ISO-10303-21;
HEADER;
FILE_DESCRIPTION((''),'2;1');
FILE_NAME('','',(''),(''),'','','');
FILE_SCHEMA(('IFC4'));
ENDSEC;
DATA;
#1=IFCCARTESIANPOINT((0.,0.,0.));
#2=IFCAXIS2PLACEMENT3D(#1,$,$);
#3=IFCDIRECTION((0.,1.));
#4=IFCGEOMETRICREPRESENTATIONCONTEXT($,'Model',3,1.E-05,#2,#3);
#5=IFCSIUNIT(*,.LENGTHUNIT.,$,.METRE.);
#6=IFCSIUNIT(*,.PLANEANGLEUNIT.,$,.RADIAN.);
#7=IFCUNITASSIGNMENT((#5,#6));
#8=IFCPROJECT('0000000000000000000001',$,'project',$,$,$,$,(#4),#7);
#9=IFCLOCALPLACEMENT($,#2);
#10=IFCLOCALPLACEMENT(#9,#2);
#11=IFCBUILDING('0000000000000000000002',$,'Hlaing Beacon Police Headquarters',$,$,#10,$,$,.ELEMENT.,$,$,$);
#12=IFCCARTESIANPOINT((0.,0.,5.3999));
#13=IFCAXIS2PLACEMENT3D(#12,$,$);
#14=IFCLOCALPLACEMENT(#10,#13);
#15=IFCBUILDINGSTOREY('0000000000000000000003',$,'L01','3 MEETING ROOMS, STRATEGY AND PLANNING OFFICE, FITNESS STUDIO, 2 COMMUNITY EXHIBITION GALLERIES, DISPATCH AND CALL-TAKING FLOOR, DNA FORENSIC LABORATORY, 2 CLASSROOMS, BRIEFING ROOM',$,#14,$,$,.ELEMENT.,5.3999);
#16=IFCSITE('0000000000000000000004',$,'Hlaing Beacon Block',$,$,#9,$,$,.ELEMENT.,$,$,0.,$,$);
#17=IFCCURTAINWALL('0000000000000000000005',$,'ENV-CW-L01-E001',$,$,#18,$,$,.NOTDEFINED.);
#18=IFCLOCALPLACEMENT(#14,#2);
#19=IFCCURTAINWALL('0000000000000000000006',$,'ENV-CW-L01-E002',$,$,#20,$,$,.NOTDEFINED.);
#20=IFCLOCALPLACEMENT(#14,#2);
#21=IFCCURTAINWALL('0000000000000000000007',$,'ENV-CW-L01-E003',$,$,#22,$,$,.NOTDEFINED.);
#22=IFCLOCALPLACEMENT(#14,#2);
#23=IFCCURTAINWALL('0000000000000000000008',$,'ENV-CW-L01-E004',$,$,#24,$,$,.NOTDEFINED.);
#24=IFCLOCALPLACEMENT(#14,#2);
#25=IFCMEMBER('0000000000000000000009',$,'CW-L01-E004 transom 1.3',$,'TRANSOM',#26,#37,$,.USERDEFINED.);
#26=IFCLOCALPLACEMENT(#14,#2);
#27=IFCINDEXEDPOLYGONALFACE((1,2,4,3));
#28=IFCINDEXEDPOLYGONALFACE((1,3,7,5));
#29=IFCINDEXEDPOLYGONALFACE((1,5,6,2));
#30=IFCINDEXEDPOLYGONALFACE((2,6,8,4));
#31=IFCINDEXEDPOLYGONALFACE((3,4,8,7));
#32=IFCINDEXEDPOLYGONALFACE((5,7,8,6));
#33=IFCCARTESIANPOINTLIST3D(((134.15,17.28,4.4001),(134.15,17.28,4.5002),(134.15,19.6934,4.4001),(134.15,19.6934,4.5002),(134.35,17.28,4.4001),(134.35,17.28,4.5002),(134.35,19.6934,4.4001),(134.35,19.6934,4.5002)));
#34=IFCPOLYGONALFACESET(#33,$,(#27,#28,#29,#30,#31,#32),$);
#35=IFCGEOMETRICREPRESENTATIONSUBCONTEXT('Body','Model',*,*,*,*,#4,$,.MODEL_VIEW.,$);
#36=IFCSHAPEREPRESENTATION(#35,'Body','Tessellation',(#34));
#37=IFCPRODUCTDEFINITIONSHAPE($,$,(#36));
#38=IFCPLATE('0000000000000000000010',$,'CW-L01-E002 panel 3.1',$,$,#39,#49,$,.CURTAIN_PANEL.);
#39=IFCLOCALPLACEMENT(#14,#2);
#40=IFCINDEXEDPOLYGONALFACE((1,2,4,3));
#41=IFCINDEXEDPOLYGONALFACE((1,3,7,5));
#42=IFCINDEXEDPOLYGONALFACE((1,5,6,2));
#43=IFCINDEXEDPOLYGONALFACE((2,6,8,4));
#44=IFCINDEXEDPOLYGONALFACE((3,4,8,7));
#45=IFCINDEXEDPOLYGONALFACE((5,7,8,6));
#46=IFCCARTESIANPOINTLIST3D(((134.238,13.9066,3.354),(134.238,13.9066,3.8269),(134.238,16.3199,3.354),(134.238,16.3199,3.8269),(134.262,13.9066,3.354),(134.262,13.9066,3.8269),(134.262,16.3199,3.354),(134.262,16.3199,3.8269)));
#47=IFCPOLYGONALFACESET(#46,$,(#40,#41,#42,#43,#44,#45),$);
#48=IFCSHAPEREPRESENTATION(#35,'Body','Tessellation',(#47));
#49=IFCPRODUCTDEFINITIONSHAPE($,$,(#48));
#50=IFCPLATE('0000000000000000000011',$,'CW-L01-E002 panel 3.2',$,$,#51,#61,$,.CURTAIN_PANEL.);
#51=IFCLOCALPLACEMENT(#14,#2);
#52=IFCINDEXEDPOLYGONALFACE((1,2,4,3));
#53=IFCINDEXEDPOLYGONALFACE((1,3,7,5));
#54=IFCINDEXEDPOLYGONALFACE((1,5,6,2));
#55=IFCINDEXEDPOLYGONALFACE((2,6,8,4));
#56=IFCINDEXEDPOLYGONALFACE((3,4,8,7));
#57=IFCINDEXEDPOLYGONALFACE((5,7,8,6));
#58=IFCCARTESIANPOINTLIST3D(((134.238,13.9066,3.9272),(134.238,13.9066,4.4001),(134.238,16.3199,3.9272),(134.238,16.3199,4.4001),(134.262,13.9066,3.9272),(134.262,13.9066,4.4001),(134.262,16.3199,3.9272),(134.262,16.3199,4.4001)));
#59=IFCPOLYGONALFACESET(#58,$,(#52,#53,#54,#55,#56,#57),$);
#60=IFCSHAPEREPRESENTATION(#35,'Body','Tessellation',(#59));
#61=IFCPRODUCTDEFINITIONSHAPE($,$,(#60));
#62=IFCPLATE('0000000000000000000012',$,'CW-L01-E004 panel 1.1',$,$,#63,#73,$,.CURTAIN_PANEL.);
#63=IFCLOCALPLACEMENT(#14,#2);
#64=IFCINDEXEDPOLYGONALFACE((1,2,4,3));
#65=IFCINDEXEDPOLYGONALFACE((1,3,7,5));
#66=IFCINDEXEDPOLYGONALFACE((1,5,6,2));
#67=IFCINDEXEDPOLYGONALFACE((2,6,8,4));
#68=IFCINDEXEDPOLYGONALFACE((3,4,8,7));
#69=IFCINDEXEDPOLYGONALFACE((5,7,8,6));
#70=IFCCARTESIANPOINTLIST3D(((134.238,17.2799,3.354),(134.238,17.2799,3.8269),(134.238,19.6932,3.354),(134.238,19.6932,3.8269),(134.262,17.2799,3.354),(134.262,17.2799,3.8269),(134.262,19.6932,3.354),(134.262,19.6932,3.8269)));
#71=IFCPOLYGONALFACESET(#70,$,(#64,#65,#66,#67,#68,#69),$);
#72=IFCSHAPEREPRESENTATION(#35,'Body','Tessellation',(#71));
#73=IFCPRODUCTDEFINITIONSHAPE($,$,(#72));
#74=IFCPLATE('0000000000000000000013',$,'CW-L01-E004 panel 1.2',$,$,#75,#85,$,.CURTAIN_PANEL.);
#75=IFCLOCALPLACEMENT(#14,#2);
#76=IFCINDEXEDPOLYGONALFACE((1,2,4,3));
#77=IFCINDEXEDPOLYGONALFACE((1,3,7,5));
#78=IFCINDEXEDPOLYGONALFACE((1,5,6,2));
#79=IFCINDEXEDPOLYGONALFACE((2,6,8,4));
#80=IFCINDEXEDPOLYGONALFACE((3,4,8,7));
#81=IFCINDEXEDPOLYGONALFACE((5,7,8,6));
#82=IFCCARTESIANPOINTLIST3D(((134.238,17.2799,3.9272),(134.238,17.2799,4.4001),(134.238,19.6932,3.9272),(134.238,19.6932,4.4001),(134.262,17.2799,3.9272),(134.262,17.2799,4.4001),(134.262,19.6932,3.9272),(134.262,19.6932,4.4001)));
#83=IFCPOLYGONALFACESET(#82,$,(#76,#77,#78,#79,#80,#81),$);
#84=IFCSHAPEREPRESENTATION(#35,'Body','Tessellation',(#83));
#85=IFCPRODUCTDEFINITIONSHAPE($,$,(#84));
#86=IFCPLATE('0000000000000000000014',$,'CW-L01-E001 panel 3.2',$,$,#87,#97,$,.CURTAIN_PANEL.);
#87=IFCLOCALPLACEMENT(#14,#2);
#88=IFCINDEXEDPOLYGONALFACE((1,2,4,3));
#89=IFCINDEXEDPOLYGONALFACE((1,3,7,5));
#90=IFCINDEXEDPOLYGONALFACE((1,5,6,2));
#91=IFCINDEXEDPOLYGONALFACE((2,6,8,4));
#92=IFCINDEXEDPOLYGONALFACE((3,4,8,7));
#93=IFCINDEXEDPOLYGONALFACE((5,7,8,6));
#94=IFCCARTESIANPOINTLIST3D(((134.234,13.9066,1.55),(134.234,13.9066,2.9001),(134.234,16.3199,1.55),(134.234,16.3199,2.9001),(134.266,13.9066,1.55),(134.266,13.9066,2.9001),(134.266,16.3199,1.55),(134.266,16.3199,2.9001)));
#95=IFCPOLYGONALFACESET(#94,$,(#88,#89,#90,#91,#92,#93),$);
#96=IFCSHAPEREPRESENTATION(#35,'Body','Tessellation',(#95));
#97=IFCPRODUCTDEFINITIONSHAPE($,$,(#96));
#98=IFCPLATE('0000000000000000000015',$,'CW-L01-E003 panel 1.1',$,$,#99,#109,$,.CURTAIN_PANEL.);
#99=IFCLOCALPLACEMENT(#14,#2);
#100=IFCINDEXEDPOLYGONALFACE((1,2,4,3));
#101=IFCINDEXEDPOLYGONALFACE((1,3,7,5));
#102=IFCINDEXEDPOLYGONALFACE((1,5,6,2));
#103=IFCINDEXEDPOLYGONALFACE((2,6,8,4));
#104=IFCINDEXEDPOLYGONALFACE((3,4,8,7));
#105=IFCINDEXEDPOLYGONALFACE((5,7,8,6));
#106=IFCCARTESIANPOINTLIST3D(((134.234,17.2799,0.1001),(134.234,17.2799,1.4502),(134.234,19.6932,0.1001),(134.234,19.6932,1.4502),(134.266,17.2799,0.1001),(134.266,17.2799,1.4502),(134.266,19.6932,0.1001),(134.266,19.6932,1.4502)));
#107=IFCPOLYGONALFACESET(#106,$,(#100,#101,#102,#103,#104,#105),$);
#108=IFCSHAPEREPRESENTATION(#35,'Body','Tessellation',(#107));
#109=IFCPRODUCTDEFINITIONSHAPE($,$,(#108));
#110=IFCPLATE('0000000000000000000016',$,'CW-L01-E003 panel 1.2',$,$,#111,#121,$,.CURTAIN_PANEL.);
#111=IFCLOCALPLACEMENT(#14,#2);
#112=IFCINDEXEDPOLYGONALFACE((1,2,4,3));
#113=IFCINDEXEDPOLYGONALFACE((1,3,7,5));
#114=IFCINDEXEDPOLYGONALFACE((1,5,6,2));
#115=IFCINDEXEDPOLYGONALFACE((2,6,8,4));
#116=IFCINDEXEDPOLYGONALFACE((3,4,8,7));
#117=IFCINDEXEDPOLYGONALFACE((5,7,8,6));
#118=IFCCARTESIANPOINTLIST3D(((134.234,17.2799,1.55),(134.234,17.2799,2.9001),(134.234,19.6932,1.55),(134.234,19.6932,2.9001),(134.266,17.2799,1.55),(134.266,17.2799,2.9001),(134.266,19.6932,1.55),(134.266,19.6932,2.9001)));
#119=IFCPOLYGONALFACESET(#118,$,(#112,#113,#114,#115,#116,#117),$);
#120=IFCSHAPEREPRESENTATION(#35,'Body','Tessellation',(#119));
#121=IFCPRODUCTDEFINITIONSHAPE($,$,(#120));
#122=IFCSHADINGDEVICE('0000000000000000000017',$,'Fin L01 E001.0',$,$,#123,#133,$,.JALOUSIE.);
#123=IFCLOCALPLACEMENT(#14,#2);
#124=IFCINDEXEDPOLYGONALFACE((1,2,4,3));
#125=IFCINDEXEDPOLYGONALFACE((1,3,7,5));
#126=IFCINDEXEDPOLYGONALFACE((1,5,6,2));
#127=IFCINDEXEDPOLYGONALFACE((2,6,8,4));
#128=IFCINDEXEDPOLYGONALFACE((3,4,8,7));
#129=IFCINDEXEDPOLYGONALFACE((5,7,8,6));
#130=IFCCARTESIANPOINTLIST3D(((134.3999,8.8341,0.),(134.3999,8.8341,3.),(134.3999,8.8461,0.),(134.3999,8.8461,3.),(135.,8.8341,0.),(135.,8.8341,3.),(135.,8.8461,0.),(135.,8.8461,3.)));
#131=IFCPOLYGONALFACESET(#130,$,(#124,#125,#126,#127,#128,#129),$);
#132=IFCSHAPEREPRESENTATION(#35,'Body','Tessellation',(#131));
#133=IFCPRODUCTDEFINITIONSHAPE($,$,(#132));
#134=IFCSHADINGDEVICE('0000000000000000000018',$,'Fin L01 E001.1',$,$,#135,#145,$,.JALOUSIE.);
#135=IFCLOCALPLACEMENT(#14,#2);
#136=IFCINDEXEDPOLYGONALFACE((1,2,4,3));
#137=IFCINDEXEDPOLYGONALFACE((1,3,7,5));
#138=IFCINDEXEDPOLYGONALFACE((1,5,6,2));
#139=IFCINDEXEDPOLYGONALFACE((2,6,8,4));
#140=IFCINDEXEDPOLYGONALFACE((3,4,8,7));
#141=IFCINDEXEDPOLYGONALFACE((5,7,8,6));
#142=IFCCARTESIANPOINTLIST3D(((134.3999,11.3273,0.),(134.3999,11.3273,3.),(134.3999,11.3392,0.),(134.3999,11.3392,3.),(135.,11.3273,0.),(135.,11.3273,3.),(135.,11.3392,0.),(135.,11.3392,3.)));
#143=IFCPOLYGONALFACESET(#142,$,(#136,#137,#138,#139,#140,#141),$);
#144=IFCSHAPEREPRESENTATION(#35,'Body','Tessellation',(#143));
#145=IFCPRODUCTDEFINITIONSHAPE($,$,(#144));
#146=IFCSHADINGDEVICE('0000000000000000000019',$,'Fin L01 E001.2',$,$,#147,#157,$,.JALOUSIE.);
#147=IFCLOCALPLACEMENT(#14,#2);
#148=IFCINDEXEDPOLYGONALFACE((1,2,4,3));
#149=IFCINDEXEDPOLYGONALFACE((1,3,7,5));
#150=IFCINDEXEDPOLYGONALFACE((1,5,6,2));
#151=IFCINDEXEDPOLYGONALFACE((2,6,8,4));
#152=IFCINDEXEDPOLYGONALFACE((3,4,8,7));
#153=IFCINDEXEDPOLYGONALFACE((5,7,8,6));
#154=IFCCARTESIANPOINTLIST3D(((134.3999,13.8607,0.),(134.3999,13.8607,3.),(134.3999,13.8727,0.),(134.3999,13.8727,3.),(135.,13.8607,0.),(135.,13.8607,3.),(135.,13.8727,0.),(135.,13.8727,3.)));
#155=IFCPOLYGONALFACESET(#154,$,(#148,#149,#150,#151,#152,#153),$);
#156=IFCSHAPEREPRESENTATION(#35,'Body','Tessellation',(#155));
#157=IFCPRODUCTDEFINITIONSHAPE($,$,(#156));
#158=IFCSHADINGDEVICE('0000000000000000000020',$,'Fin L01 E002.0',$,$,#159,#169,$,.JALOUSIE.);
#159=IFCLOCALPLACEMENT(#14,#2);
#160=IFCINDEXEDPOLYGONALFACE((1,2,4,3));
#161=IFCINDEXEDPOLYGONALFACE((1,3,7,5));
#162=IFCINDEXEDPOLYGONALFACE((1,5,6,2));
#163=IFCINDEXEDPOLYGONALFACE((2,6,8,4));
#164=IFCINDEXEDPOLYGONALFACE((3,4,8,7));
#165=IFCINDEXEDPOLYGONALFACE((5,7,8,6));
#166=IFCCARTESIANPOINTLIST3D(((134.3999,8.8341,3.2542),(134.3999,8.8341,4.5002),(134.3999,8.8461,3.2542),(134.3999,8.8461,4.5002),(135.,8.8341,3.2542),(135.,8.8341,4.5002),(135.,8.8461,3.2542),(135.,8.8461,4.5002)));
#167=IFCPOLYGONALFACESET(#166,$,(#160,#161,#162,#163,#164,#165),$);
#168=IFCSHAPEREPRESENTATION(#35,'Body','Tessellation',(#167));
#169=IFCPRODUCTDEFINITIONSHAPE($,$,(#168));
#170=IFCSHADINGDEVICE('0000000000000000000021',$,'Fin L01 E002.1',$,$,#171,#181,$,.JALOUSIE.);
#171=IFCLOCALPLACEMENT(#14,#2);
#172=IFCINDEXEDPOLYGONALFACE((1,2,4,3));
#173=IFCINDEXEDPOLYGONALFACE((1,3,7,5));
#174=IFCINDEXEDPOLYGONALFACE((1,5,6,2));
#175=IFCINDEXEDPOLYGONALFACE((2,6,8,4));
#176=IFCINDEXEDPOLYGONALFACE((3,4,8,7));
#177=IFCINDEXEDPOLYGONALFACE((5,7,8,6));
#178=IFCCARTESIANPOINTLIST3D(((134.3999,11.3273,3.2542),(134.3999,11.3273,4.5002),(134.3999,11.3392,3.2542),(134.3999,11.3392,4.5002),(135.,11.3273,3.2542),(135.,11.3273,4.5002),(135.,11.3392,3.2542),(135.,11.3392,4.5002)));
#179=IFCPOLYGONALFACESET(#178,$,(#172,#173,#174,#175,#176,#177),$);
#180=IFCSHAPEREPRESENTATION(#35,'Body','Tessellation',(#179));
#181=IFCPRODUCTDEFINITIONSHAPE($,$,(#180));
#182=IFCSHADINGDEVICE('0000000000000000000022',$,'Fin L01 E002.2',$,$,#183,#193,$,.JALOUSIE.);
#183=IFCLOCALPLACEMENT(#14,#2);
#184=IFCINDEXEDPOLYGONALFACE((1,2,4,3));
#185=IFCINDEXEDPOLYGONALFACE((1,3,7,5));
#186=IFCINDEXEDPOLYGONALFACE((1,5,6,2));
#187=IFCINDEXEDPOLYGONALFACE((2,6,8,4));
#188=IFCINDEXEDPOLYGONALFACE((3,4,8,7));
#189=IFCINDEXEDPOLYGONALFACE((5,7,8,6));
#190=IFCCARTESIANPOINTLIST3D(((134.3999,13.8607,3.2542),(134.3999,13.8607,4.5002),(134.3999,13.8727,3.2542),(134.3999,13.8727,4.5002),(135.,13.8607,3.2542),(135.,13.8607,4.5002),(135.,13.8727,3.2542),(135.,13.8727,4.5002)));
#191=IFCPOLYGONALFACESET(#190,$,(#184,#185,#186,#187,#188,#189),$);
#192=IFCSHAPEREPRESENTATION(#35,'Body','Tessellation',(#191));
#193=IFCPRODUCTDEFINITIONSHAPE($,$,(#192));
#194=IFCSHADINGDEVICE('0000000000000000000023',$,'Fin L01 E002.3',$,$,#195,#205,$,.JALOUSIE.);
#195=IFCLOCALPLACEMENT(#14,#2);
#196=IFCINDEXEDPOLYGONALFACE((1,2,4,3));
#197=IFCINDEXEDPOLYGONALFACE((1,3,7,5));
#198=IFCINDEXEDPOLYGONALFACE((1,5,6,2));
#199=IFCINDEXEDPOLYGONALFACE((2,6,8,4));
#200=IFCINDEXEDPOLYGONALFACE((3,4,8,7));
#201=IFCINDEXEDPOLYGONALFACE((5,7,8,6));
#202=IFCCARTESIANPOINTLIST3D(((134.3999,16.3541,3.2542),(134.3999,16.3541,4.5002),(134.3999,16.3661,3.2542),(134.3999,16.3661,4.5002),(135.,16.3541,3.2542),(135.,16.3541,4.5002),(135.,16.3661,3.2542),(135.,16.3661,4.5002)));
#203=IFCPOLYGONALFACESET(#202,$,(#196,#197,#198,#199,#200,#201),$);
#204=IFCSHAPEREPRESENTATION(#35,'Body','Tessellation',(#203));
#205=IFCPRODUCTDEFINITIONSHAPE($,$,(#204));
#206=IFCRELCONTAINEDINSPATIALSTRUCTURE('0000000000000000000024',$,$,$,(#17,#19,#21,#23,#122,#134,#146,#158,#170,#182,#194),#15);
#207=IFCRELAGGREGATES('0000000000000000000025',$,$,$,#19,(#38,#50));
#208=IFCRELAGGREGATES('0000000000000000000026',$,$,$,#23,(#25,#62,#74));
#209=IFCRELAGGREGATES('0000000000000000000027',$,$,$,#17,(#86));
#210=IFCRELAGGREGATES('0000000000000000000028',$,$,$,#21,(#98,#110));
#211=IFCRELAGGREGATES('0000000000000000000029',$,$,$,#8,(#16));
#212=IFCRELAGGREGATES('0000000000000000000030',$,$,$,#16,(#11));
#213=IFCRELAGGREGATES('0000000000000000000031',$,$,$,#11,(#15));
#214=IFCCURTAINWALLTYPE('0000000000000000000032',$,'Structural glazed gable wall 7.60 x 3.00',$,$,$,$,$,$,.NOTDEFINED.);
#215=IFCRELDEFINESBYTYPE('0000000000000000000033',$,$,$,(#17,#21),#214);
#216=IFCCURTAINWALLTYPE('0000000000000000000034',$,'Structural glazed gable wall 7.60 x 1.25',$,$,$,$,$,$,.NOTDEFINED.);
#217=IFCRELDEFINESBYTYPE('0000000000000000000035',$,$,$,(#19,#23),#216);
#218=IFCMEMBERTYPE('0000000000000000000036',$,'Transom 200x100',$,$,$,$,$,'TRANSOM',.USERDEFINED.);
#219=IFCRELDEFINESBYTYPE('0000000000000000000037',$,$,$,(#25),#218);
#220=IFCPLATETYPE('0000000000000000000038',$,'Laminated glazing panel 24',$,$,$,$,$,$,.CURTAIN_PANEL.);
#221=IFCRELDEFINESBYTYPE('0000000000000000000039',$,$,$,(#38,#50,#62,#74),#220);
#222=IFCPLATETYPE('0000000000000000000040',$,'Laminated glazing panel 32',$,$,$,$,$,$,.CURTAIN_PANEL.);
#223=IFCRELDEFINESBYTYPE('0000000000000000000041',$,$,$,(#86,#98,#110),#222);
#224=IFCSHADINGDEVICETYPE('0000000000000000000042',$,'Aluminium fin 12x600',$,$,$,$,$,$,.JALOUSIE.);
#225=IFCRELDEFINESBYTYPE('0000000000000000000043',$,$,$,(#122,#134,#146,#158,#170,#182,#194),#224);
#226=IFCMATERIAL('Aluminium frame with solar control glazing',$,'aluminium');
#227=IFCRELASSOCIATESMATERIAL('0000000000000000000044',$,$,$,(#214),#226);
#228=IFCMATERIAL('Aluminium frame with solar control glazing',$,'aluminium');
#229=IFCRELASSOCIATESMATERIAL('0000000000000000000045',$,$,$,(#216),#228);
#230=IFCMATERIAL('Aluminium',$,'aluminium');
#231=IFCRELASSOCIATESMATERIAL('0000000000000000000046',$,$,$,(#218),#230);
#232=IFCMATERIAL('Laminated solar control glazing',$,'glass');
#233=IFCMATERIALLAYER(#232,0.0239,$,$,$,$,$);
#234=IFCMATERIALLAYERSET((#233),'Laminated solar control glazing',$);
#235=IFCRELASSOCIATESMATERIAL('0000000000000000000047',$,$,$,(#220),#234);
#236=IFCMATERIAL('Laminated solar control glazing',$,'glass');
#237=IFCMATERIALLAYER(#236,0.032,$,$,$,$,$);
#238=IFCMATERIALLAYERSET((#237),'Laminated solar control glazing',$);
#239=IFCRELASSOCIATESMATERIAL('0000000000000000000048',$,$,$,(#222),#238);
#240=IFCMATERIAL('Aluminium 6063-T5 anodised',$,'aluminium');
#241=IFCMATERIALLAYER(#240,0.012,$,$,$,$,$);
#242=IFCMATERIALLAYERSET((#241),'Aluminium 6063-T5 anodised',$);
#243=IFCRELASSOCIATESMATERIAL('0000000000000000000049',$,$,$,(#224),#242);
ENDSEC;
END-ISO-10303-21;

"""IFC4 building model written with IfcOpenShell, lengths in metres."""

from ifc_helpers import new_model, si_unit, direction, frame, origin, origin_2d, place, context, subcontext, project, spatial, rectangle, extrude, material, layer, layer_set, material_profile, profile_set, type_object, element, aggregate, save


model = new_model("IFC4")

# Units and contexts
model_context = context("Model", 3, precision=1e-05, world=origin(), true_north=direction((0.0, 1.0)))
body_context = subcontext(model_context, "Body", "Model", "MODEL_VIEW")
ifc_project = project(units=[si_unit("LENGTHUNIT", "METRE"), si_unit("PLANEANGLEUNIT", "RADIAN")], contexts=[model_context])

# Site, building, storey
site_placement = place(None, origin())
site = spatial("IfcSite", under=ifc_project, at=site_placement, Name="Hlaing Beacon Block", CompositionType="ELEMENT", RefElevation=0.0)
building_placement = place(site_placement, origin())
building = spatial("IfcBuilding", under=site, at=building_placement, Name="Hlaing Beacon Police Headquarters", CompositionType="ELEMENT")
storey_placement = place(building_placement, frame((0.0, 0.0, 5.3999)))
storey = spatial("IfcBuildingStorey", under=building, at=storey_placement, Name="L01", Description="3 MEETING ROOMS, STRATEGY AND PLANNING OFFICE, FITNESS STUDIO, 2 COMMUNITY EXHIBITION GALLERIES, DISPATCH AND CALL-TAKING FLOOR, DNA FORENSIC LABORATORY, 2 CLASSROOMS, BRIEFING ROOM", CompositionType="ELEMENT", Elevation=5.3999)

# Curtain walls
ifc_material_1 = material(Name="Aluminium frame with solar control glazing", Category="aluminium")
curtain_wall_type_1 = type_object("IfcCurtainWallType", Name="Structural glazed gable wall 7.60 x 3.00", PredefinedType="NOTDEFINED", material=ifc_material_1)
curtain_wall_1_placement = place(storey_placement, origin())
curtain_wall_1 = element("IfcCurtainWall", 1, at=curtain_wall_1_placement, inside=storey, type_object=curtain_wall_type_1, Name="ENV-CW-L01-E001", PredefinedType="NOTDEFINED")
ifc_material_2 = material(Name="Aluminium frame with solar control glazing", Category="aluminium")
curtain_wall_type_2 = type_object("IfcCurtainWallType", Name="Structural glazed gable wall 7.60 x 1.25", PredefinedType="NOTDEFINED", material=ifc_material_2)
curtain_wall_2_placement = place(storey_placement, origin())
curtain_wall_2 = element("IfcCurtainWall", 2, at=curtain_wall_2_placement, inside=storey, type_object=curtain_wall_type_2, Name="ENV-CW-L01-E002", PredefinedType="NOTDEFINED")

# Curtain walls
curtain_wall_3_placement = place(storey_placement, origin())
curtain_wall_3 = element("IfcCurtainWall", 3, at=curtain_wall_3_placement, inside=storey, type_object=curtain_wall_type_1, Name="ENV-CW-L01-E003", PredefinedType="NOTDEFINED")
curtain_wall_4_placement = place(storey_placement, origin())
curtain_wall_4 = element("IfcCurtainWall", 4, at=curtain_wall_4_placement, inside=storey, type_object=curtain_wall_type_2, Name="ENV-CW-L01-E004", PredefinedType="NOTDEFINED")

# Member
ifc_material_3 = material(Name="Aluminium", Category="aluminium")
ifc_material_profile_1 = material_profile(ifc_material_3, rectangle(XDim=0.2, YDim=0.1001, at=origin_2d()), Name="Transom 200x100")
ifc_profile_set_1 = profile_set([ifc_material_profile_1], Name="Aluminium")
member_type_1 = type_object("IfcMemberType", Name="Transom 200x100", ElementType="TRANSOM", PredefinedType="USERDEFINED", material=ifc_profile_set_1)
member_1_placement = place(storey_placement, frame((134.25, 17.28, 4.4502), z_axis=(0.0, 1.0, 0.0), x_axis=(-1.0, 0.0, 0.0)))
member_1 = element("IfcMember", 5, at=member_1_placement, type_object=member_type_1, Name="CW-L01-E004 transom 1.3", ObjectType="TRANSOM", PredefinedType="USERDEFINED", context=body_context, shape_type="SweptSolid", body=[
    extrude(rectangle(XDim=0.2, YDim=0.1001, at=origin_2d()), origin(), (0.0, 0.0, 1.0), 2.4133),
])

# Plates
ifc_material_4 = material(Name="Laminated solar control glazing", Category="glass")
ifc_layer_1 = layer(ifc_material_4, 0.0239)
ifc_layer_set_1 = layer_set([ifc_layer_1], Name="Laminated solar control glazing")
plate_type_1 = type_object("IfcPlateType", Name="Laminated glazing panel 24", PredefinedType="CURTAIN_PANEL", material=ifc_layer_set_1)
plate_1_placement = place(storey_placement, frame((134.25, 15.1133, 3.354), z_axis=(0.0, 0.0, 1.0), x_axis=(0.0, 1.0, 0.0)))
plate_1 = element("IfcPlate", 6, at=plate_1_placement, type_object=plate_type_1, Name="CW-L01-E002 panel 3.1", PredefinedType="CURTAIN_PANEL", context=body_context, shape_type="SweptSolid", body=[
    extrude(rectangle(XDim=2.4133, YDim=0.0239, at=origin_2d()), origin(), (0.0, 0.0, 1.0), 0.4729),
])
plate_2_placement = place(storey_placement, frame((134.25, 15.1133, 3.9272), z_axis=(0.0, 0.0, 1.0), x_axis=(0.0, 1.0, 0.0)))
plate_2 = element("IfcPlate", 7, at=plate_2_placement, type_object=plate_type_1, Name="CW-L01-E002 panel 3.2", PredefinedType="CURTAIN_PANEL", context=body_context, shape_type="SweptSolid", body=[
    extrude(rectangle(XDim=2.4133, YDim=0.0239, at=origin_2d()), origin(), (0.0, 0.0, 1.0), 0.4729),
])
aggregate(curtain_wall_2, [plate_1, plate_2])
plate_3_placement = place(storey_placement, frame((134.25, 18.4866, 3.354), z_axis=(0.0, 0.0, 1.0), x_axis=(0.0, 1.0, 0.0)))
plate_3 = element("IfcPlate", 8, at=plate_3_placement, type_object=plate_type_1, Name="CW-L01-E004 panel 1.1", PredefinedType="CURTAIN_PANEL", context=body_context, shape_type="SweptSolid", body=[
    extrude(rectangle(XDim=2.4133, YDim=0.0239, at=origin_2d()), origin(), (0.0, 0.0, 1.0), 0.4729),
])
plate_4_placement = place(storey_placement, frame((134.25, 18.4866, 3.9272), z_axis=(0.0, 0.0, 1.0), x_axis=(0.0, 1.0, 0.0)))
plate_4 = element("IfcPlate", 9, at=plate_4_placement, type_object=plate_type_1, Name="CW-L01-E004 panel 1.2", PredefinedType="CURTAIN_PANEL", context=body_context, shape_type="SweptSolid", body=[
    extrude(rectangle(XDim=2.4133, YDim=0.0239, at=origin_2d()), origin(), (0.0, 0.0, 1.0), 0.4729),
])
aggregate(curtain_wall_4, [member_1, plate_3, plate_4])
ifc_material_5 = material(Name="Laminated solar control glazing", Category="glass")
ifc_layer_2 = layer(ifc_material_5, 0.032)
ifc_layer_set_2 = layer_set([ifc_layer_2], Name="Laminated solar control glazing")
plate_type_2 = type_object("IfcPlateType", Name="Laminated glazing panel 32", PredefinedType="CURTAIN_PANEL", material=ifc_layer_set_2)
plate_5_placement = place(storey_placement, frame((134.25, 15.1133, 1.55), z_axis=(0.0, 0.0, 1.0), x_axis=(0.0, 1.0, 0.0)))
plate_5 = element("IfcPlate", 10, at=plate_5_placement, type_object=plate_type_2, Name="CW-L01-E001 panel 3.2", PredefinedType="CURTAIN_PANEL", context=body_context, shape_type="SweptSolid", body=[
    extrude(rectangle(XDim=2.4133, YDim=0.032, at=origin_2d()), origin(), (0.0, 0.0, 1.0), 1.3501),
])
aggregate(curtain_wall_1, [plate_5])
plate_6_placement = place(storey_placement, frame((134.25, 18.4866, 0.1001), z_axis=(0.0, 0.0, 1.0), x_axis=(0.0, 1.0, 0.0)))
plate_6 = element("IfcPlate", 11, at=plate_6_placement, type_object=plate_type_2, Name="CW-L01-E003 panel 1.1", PredefinedType="CURTAIN_PANEL", context=body_context, shape_type="SweptSolid", body=[
    extrude(rectangle(XDim=2.4133, YDim=0.032, at=origin_2d()), origin(), (0.0, 0.0, 1.0), 1.3501),
])
plate_7_placement = place(storey_placement, frame((134.25, 18.4866, 1.55), z_axis=(0.0, 0.0, 1.0), x_axis=(0.0, 1.0, 0.0)))
plate_7 = element("IfcPlate", 12, at=plate_7_placement, type_object=plate_type_2, Name="CW-L01-E003 panel 1.2", PredefinedType="CURTAIN_PANEL", context=body_context, shape_type="SweptSolid", body=[
    extrude(rectangle(XDim=2.4133, YDim=0.032, at=origin_2d()), origin(), (0.0, 0.0, 1.0), 1.3501),
])
aggregate(curtain_wall_3, [plate_6, plate_7])

# Shading devices
ifc_material_6 = material(Name="Aluminium 6063-T5 anodised", Category="aluminium")
ifc_layer_3 = layer(ifc_material_6, 0.012)
ifc_layer_set_3 = layer_set([ifc_layer_3], Name="Aluminium 6063-T5 anodised")
shading_device_type = type_object("IfcShadingDeviceType", Name="Aluminium fin 12x600", PredefinedType="JALOUSIE", material=ifc_layer_set_3)
for number, where, z_axis, x_axis, name in (
    (13, (134.7, 8.8401, 0.0), (0.0, 0.0, 1.0), (0.0, 1.0, 0.0), "Fin L01 E001.0"),
    (14, (134.7, 11.3333, 0.0), (0.0, 0.0, 1.0), (0.0, 1.0, 0.0), "Fin L01 E001.1"),
    (15, (134.7, 13.8667, 0.0), (0.0, 0.0, 1.0), (0.0, 1.0, 0.0), "Fin L01 E001.2"),
):
    element("IfcShadingDevice", number, at=place(storey_placement, frame(where, z_axis=z_axis, x_axis=x_axis)), inside=storey, type_object=shading_device_type, Name=name, PredefinedType="JALOUSIE", context=body_context, shape_type="SweptSolid", body=[
        extrude(rectangle(XDim=0.012, YDim=0.6001, at=origin_2d()), origin(), (0.0, 0.0, 1.0), 3.0),
    ])
for number, where, z_axis, x_axis, name in (
    (16, (134.7, 8.8401, 3.2542), (0.0, 0.0, 1.0), (0.0, 1.0, 0.0), "Fin L01 E002.0"),
    (17, (134.7, 11.3333, 3.2542), (0.0, 0.0, 1.0), (0.0, 1.0, 0.0), "Fin L01 E002.1"),
    (18, (134.7, 13.8667, 3.2542), (0.0, 0.0, 1.0), (0.0, 1.0, 0.0), "Fin L01 E002.2"),
    (19, (134.7, 16.3601, 3.2542), (0.0, 0.0, 1.0), (0.0, 1.0, 0.0), "Fin L01 E002.3"),
):
    element("IfcShadingDevice", number, at=place(storey_placement, frame(where, z_axis=z_axis, x_axis=x_axis)), inside=storey, type_object=shading_device_type, Name=name, PredefinedType="JALOUSIE", context=body_context, shape_type="SweptSolid", body=[
        extrude(rectangle(XDim=0.012, YDim=0.6001, at=origin_2d()), origin(), (0.0, 0.0, 1.0), 1.2461),
    ])

save(model, "model.ifc")
